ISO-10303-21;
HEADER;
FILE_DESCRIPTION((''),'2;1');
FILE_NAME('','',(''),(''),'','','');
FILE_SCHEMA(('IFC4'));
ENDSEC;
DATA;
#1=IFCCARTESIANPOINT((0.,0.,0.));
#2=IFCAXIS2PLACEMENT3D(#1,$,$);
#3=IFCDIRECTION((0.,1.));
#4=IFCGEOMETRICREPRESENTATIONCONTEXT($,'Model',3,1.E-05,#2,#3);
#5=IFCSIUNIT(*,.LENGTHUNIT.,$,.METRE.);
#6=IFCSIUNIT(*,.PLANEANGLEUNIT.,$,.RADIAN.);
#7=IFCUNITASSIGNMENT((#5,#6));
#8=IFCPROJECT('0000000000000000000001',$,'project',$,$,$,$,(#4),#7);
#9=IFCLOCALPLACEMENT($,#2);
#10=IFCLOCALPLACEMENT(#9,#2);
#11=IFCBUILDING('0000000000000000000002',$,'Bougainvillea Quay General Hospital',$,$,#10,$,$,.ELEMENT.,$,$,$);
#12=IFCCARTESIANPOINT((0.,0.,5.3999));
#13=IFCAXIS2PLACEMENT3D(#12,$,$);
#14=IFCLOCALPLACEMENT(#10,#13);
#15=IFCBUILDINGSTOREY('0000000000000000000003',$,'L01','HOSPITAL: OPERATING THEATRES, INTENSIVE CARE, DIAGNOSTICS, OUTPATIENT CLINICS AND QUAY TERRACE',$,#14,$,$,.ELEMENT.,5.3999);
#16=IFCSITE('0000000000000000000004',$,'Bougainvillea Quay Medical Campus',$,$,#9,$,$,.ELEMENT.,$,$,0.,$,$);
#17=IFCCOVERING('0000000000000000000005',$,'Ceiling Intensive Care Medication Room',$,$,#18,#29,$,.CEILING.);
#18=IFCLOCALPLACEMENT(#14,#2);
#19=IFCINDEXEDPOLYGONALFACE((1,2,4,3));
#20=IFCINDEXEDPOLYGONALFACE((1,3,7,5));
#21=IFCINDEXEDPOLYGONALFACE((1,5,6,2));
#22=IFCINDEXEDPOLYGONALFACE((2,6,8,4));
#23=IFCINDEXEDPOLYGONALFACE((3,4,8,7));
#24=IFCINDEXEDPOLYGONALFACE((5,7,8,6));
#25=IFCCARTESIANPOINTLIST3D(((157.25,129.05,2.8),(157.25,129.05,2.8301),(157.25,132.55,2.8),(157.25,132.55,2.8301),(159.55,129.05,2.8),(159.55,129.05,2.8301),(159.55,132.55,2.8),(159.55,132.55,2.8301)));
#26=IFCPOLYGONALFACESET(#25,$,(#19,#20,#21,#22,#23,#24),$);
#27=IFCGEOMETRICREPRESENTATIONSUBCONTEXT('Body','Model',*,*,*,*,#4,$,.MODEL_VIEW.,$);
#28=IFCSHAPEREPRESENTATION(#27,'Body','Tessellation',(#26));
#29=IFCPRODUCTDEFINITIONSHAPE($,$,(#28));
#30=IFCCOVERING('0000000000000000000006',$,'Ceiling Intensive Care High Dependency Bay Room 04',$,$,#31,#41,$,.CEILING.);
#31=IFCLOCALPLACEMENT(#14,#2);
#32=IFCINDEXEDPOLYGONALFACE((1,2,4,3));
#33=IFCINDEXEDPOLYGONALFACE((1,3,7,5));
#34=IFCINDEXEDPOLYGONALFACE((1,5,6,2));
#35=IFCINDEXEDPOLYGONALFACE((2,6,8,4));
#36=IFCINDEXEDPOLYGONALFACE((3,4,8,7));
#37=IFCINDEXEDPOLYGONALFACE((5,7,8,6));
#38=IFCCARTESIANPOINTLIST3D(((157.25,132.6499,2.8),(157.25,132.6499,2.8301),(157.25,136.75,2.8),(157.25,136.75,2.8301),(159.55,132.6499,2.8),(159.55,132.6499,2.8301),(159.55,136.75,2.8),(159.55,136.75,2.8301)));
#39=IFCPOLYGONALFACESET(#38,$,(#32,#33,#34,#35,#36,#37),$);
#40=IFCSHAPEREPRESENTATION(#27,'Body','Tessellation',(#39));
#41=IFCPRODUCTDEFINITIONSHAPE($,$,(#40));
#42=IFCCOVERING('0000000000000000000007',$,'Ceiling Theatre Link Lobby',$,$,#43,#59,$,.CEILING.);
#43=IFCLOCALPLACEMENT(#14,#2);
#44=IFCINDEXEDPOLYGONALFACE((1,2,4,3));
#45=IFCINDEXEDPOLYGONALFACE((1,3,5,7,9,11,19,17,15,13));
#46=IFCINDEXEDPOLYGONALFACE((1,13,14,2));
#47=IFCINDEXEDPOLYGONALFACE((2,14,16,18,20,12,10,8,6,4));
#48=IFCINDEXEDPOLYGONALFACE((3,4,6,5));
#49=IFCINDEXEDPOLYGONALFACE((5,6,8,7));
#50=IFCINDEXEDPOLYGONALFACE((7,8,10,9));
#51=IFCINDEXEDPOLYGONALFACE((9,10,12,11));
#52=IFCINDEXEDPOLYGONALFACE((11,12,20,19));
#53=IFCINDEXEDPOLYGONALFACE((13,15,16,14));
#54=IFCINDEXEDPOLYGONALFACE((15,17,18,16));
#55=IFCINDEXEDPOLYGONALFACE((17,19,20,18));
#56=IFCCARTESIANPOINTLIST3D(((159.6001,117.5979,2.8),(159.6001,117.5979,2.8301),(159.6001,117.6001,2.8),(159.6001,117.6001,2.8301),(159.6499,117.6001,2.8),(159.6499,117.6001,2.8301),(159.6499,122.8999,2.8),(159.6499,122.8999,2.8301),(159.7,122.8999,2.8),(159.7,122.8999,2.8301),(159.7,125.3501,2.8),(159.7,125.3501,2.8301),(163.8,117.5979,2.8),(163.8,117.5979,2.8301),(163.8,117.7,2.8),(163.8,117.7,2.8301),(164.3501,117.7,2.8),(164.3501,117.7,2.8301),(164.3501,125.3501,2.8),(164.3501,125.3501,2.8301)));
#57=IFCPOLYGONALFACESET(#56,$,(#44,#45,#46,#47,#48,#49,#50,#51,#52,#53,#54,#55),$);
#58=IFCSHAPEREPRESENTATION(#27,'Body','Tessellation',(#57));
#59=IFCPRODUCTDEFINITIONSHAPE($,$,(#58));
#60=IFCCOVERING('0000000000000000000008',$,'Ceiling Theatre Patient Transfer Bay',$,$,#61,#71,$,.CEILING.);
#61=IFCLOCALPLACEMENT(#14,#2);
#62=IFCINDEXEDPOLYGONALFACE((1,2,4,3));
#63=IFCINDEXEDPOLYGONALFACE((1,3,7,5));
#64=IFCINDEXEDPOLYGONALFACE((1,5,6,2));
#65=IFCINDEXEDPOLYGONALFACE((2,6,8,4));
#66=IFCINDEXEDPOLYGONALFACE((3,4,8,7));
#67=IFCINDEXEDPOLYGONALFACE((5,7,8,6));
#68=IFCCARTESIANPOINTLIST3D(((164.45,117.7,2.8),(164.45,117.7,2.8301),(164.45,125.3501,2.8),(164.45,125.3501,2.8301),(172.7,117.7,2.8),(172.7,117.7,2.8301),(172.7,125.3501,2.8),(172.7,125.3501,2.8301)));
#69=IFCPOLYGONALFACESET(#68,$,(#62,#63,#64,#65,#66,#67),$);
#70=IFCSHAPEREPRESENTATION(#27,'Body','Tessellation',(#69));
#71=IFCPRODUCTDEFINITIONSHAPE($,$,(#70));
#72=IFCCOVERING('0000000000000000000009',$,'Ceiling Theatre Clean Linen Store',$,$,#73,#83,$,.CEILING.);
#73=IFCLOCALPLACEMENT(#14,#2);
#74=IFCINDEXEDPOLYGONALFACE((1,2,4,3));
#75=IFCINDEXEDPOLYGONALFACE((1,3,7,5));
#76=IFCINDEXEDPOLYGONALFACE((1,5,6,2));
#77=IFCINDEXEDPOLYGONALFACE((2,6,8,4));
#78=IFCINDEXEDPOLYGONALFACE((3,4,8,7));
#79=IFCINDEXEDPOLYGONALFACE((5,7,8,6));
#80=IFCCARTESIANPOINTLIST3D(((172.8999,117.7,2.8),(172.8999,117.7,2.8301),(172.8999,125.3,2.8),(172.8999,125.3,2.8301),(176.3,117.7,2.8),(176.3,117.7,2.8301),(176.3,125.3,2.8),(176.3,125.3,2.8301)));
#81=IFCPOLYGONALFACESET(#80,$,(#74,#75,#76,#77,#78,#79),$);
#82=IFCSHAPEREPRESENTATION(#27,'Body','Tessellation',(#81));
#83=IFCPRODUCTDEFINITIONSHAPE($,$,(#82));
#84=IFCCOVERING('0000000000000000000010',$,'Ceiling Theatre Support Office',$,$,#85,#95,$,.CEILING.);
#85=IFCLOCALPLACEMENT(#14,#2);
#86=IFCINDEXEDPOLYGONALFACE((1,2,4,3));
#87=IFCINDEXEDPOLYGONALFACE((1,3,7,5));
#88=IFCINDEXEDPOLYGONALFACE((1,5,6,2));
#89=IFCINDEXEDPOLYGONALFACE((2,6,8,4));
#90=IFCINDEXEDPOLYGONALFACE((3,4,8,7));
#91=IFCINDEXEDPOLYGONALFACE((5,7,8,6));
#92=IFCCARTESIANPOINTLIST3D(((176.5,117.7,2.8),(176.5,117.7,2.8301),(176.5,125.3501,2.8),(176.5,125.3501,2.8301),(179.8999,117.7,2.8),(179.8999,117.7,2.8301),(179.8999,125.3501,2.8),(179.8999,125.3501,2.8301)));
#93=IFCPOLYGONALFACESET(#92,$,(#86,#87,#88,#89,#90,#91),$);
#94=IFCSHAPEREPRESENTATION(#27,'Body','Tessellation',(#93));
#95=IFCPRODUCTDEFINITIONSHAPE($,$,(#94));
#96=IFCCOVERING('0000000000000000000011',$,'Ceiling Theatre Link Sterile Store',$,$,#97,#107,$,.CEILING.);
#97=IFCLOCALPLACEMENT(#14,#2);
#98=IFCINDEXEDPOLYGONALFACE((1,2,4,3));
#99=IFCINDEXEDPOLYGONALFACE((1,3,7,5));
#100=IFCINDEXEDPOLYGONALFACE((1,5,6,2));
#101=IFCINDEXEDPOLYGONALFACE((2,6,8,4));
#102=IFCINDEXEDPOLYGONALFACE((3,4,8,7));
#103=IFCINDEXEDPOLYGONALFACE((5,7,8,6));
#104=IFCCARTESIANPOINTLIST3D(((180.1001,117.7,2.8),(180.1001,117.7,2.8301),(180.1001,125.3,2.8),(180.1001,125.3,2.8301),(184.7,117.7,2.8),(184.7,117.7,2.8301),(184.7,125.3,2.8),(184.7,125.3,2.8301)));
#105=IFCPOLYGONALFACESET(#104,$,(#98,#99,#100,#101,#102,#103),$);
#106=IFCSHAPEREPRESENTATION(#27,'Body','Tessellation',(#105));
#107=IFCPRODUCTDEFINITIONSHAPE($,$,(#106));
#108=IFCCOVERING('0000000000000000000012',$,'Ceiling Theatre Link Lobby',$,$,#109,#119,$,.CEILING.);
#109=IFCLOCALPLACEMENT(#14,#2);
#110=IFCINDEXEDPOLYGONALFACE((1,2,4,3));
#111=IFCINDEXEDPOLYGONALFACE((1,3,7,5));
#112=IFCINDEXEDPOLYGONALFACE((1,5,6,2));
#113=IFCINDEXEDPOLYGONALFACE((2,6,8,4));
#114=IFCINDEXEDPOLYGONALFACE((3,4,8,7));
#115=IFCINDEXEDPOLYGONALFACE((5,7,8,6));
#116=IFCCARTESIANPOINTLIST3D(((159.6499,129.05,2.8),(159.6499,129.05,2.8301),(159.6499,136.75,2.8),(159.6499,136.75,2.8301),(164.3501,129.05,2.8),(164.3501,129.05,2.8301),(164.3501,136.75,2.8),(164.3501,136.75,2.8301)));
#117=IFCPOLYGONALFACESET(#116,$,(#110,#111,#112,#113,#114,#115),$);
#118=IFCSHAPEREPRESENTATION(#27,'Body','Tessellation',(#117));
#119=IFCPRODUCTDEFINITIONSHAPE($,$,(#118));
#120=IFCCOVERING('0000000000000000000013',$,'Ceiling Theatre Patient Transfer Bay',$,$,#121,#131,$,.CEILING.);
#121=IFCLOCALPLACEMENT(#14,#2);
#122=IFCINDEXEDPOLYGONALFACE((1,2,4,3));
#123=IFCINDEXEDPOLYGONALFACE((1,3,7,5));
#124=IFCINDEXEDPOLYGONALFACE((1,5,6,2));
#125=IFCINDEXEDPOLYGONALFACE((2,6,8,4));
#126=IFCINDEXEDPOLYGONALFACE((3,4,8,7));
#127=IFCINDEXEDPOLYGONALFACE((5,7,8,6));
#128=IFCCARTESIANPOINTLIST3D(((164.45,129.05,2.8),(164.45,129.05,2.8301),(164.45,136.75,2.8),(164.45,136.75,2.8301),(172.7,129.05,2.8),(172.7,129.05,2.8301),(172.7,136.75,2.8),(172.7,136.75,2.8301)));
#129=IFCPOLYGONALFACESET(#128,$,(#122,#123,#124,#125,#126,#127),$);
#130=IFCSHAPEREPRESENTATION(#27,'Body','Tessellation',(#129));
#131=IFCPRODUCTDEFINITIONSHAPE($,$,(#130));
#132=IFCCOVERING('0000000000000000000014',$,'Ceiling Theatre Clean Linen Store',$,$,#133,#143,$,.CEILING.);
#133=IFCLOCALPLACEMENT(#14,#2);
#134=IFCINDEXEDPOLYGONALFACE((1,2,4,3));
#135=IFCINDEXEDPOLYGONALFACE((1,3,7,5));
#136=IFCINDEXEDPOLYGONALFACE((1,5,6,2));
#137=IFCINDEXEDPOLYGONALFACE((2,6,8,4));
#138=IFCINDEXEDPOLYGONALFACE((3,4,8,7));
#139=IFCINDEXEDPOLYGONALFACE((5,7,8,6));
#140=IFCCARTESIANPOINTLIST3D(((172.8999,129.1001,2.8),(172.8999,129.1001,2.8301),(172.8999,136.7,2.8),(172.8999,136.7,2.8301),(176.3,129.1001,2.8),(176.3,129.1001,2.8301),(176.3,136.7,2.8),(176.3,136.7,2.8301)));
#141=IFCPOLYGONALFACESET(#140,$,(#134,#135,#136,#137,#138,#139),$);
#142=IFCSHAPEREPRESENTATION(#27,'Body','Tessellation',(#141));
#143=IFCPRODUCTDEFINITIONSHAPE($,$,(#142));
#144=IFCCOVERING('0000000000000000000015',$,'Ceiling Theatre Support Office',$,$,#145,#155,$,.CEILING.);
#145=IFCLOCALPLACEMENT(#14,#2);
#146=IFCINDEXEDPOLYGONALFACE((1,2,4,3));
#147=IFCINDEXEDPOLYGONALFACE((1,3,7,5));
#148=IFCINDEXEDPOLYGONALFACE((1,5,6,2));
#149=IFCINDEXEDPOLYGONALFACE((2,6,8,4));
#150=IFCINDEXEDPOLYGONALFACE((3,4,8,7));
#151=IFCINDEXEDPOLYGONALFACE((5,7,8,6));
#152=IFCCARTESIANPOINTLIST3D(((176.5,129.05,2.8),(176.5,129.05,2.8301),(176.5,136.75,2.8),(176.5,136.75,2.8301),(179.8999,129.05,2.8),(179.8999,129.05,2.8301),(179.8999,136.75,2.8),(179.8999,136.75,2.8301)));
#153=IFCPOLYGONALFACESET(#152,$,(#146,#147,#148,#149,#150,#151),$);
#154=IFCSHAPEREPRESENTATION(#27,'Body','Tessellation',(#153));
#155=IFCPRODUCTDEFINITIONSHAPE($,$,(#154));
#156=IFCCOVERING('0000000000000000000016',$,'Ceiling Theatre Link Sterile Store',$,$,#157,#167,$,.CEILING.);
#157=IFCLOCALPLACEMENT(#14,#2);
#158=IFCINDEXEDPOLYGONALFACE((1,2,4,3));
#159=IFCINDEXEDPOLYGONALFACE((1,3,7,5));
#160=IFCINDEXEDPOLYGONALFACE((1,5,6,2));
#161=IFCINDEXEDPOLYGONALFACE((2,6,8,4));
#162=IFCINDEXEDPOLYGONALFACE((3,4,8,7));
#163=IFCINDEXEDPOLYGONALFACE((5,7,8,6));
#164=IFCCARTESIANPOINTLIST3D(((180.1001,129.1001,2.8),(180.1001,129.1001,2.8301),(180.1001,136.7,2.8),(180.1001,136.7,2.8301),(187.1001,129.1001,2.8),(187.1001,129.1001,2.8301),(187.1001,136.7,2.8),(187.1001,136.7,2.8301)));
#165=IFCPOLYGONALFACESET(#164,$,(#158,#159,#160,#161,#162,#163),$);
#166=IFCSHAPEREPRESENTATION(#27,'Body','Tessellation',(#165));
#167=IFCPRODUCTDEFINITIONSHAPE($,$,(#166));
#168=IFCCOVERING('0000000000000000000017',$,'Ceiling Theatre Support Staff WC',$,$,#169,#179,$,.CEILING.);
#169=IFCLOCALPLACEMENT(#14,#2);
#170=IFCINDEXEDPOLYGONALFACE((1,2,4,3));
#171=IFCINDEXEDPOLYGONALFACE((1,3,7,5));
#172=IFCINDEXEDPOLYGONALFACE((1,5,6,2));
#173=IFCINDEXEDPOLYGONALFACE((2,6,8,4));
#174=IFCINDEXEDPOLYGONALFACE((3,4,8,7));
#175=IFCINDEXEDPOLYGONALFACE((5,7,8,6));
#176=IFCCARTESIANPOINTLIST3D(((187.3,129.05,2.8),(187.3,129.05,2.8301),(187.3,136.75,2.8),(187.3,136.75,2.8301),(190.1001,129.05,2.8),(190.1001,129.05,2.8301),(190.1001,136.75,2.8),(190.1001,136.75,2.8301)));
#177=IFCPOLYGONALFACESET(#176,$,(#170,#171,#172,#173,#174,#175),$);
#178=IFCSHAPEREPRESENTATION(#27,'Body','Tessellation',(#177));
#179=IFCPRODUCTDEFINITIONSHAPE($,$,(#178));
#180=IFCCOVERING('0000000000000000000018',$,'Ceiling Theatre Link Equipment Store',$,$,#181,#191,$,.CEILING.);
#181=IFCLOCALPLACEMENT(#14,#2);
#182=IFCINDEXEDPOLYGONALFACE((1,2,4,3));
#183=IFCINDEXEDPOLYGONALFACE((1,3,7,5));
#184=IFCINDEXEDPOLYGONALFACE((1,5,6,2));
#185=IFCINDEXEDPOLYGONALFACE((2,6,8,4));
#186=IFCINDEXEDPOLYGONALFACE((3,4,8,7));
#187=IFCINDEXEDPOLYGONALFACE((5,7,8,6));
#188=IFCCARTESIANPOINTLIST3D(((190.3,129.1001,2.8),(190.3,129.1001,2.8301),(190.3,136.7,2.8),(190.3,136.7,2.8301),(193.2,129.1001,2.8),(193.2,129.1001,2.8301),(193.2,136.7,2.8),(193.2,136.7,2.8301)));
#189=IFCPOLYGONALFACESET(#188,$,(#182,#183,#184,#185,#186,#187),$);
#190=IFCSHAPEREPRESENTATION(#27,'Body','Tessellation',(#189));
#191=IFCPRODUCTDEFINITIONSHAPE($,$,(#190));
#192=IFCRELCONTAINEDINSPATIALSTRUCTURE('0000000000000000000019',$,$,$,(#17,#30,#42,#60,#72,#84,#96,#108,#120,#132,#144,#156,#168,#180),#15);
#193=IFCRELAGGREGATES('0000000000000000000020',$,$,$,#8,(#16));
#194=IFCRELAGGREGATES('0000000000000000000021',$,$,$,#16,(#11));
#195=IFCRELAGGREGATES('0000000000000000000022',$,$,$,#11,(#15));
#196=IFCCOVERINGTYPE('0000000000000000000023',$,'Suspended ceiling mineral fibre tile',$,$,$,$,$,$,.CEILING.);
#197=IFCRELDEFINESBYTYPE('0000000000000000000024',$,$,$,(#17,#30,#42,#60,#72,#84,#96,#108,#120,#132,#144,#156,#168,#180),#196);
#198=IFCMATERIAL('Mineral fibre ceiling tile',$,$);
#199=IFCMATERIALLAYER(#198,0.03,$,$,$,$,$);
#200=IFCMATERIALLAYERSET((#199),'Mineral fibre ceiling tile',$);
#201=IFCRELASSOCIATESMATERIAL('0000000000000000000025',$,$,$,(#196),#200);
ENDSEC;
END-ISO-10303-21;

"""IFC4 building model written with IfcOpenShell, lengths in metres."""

from ifc_helpers import new_model, si_unit, direction, frame, origin, place, context, subcontext, project, spatial, polyline, outline, extrude, material, layer, layer_set, type_object, element, save


model = new_model("IFC4")

# Units and contexts
model_context = context("Model", 3, precision=1e-05, world=origin(), true_north=direction((0.0, 1.0)))
body_context = subcontext(model_context, "Body", "Model", "MODEL_VIEW")
ifc_project = project(units=[si_unit("LENGTHUNIT", "METRE"), si_unit("PLANEANGLEUNIT", "RADIAN")], contexts=[model_context])

# Site, building, storey
site_placement = place(None, origin())
site = spatial("IfcSite", under=ifc_project, at=site_placement, Name="Bougainvillea Quay Medical Campus", CompositionType="ELEMENT", RefElevation=0.0)
building_placement = place(site_placement, origin())
building = spatial("IfcBuilding", under=site, at=building_placement, Name="Bougainvillea Quay General Hospital", CompositionType="ELEMENT")
storey_placement = place(building_placement, frame((0.0, 0.0, 5.3999)))
storey = spatial("IfcBuildingStorey", under=building, at=storey_placement, Name="L01", Description="HOSPITAL: OPERATING THEATRES, INTENSIVE CARE, DIAGNOSTICS, OUTPATIENT CLINICS AND QUAY TERRACE", CompositionType="ELEMENT", Elevation=5.3999)

# Coverings
ifc_material = material(Name="Mineral fibre ceiling tile")
ifc_layer = layer(ifc_material, 0.03)
ifc_layer_set = layer_set([ifc_layer], Name="Mineral fibre ceiling tile")
covering_type = type_object("IfcCoveringType", Name="Suspended ceiling mineral fibre tile", PredefinedType="CEILING", material=ifc_layer_set)
covering_1_placement = place(storey_placement, frame((0.0, 0.0, 2.8)))
element("IfcCovering", 1, at=covering_1_placement, inside=storey, type_object=covering_type, Name="Ceiling Intensive Care Medication Room", PredefinedType="CEILING", context=body_context, shape_type="SweptSolid", body=[
    extrude(outline(polyline([(157.25, 132.55), (157.25, 129.05), (159.55, 129.05), (159.55, 132.55), (157.25, 132.55)])), origin(), (0.0, 0.0, 1.0), 0.03),
])
covering_2_placement = place(storey_placement, frame((0.0, 0.0, 2.8)))
element("IfcCovering", 2, at=covering_2_placement, inside=storey, type_object=covering_type, Name="Ceiling Intensive Care High Dependency Bay Room 04", PredefinedType="CEILING", context=body_context, shape_type="SweptSolid", body=[
    extrude(outline(polyline([(159.55, 132.6499), (159.55, 136.75), (157.25, 136.75), (157.25, 132.6499), (159.55, 132.6499)])), origin(), (0.0, 0.0, 1.0), 0.03),
])
covering_3_placement = place(storey_placement, frame((0.0, 0.0, 2.8)))
element("IfcCovering", 3, at=covering_3_placement, inside=storey, type_object=covering_type, Name="Ceiling Theatre Link Lobby", PredefinedType="CEILING", context=body_context, shape_type="SweptSolid", body=[
    extrude(outline(polyline([(159.6001, 117.5979), (163.8, 117.5979), (163.8, 117.7), (164.3501, 117.7), (164.3501, 125.3501), (159.7, 125.3501), (159.7, 122.8999), (159.6499, 122.8999), (159.6499, 117.6001), (159.6001, 117.6001), (159.6001, 117.5979)])), origin(), (0.0, 0.0, 1.0), 0.03),
])
covering_4_placement = place(storey_placement, frame((0.0, 0.0, 2.8)))
element("IfcCovering", 4, at=covering_4_placement, inside=storey, type_object=covering_type, Name="Ceiling Theatre Patient Transfer Bay", PredefinedType="CEILING", context=body_context, shape_type="SweptSolid", body=[
    extrude(outline(polyline([(164.45, 117.7), (172.7, 117.7), (172.7, 125.3501), (164.45, 125.3501), (164.45, 117.7)])), origin(), (0.0, 0.0, 1.0), 0.03),
])
covering_5_placement = place(storey_placement, frame((0.0, 0.0, 2.8)))
element("IfcCovering", 5, at=covering_5_placement, inside=storey, type_object=covering_type, Name="Ceiling Theatre Clean Linen Store", PredefinedType="CEILING", context=body_context, shape_type="SweptSolid", body=[
    extrude(outline(polyline([(176.3, 117.7), (176.3, 125.3), (172.8999, 125.3), (172.8999, 117.7), (176.3, 117.7)])), origin(), (0.0, 0.0, 1.0), 0.03),
])
covering_6_placement = place(storey_placement, frame((0.0, 0.0, 2.8)))
element("IfcCovering", 6, at=covering_6_placement, inside=storey, type_object=covering_type, Name="Ceiling Theatre Support Office", PredefinedType="CEILING", context=body_context, shape_type="SweptSolid", body=[
    extrude(outline(polyline([(176.5, 117.7), (179.8999, 117.7), (179.8999, 125.3501), (176.5, 125.3501), (176.5, 117.7)])), origin(), (0.0, 0.0, 1.0), 0.03),
])
covering_7_placement = place(storey_placement, frame((0.0, 0.0, 2.8)))
element("IfcCovering", 7, at=covering_7_placement, inside=storey, type_object=covering_type, Name="Ceiling Theatre Link Sterile Store", PredefinedType="CEILING", context=body_context, shape_type="SweptSolid", body=[
    extrude(outline(polyline([(184.7, 117.7), (184.7, 125.3), (180.1001, 125.3), (180.1001, 117.7), (184.7, 117.7)])), origin(), (0.0, 0.0, 1.0), 0.03),
])
covering_8_placement = place(storey_placement, frame((0.0, 0.0, 2.8)))
element("IfcCovering", 8, at=covering_8_placement, inside=storey, type_object=covering_type, Name="Ceiling Theatre Link Lobby", PredefinedType="CEILING", context=body_context, shape_type="SweptSolid", body=[
    extrude(outline(polyline([(164.3501, 129.05), (164.3501, 136.75), (159.6499, 136.75), (159.6499, 129.05), (164.3501, 129.05)])), origin(), (0.0, 0.0, 1.0), 0.03),
])
covering_9_placement = place(storey_placement, frame((0.0, 0.0, 2.8)))
element("IfcCovering", 9, at=covering_9_placement, inside=storey, type_object=covering_type, Name="Ceiling Theatre Patient Transfer Bay", PredefinedType="CEILING", context=body_context, shape_type="SweptSolid", body=[
    extrude(outline(polyline([(172.7, 129.05), (172.7, 136.75), (164.45, 136.75), (164.45, 129.05), (172.7, 129.05)])), origin(), (0.0, 0.0, 1.0), 0.03),
])
covering_10_placement = place(storey_placement, frame((0.0, 0.0, 2.8)))
element("IfcCovering", 10, at=covering_10_placement, inside=storey, type_object=covering_type, Name="Ceiling Theatre Clean Linen Store", PredefinedType="CEILING", context=body_context, shape_type="SweptSolid", body=[
    extrude(outline(polyline([(172.8999, 136.7), (172.8999, 129.1001), (176.3, 129.1001), (176.3, 136.7), (172.8999, 136.7)])), origin(), (0.0, 0.0, 1.0), 0.03),
])
covering_11_placement = place(storey_placement, frame((0.0, 0.0, 2.8)))
element("IfcCovering", 11, at=covering_11_placement, inside=storey, type_object=covering_type, Name="Ceiling Theatre Support Office", PredefinedType="CEILING", context=body_context, shape_type="SweptSolid", body=[
    extrude(outline(polyline([(176.5, 136.75), (176.5, 129.05), (179.8999, 129.05), (179.8999, 136.75), (176.5, 136.75)])), origin(), (0.0, 0.0, 1.0), 0.03),
])
covering_12_placement = place(storey_placement, frame((0.0, 0.0, 2.8)))
element("IfcCovering", 12, at=covering_12_placement, inside=storey, type_object=covering_type, Name="Ceiling Theatre Link Sterile Store", PredefinedType="CEILING", context=body_context, shape_type="SweptSolid", body=[
    extrude(outline(polyline([(187.1001, 129.1001), (187.1001, 136.7), (180.1001, 136.7), (180.1001, 129.1001), (187.1001, 129.1001)])), origin(), (0.0, 0.0, 1.0), 0.03),
])
covering_13_placement = place(storey_placement, frame((0.0, 0.0, 2.8)))
element("IfcCovering", 13, at=covering_13_placement, inside=storey, type_object=covering_type, Name="Ceiling Theatre Support Staff WC", PredefinedType="CEILING", context=body_context, shape_type="SweptSolid", body=[
    extrude(outline(polyline([(190.1001, 129.05), (190.1001, 136.75), (187.3, 136.75), (187.3, 129.05), (190.1001, 129.05)])), origin(), (0.0, 0.0, 1.0), 0.03),
])
covering_14_placement = place(storey_placement, frame((0.0, 0.0, 2.8)))
element("IfcCovering", 14, at=covering_14_placement, inside=storey, type_object=covering_type, Name="Ceiling Theatre Link Equipment Store", PredefinedType="CEILING", context=body_context, shape_type="SweptSolid", body=[
    extrude(outline(polyline([(193.2, 136.7), (190.3, 136.7), (190.3, 129.1001), (193.2, 129.1001), (193.2, 136.7)])), origin(), (0.0, 0.0, 1.0), 0.03),
])

save(model, "model.ifc")
